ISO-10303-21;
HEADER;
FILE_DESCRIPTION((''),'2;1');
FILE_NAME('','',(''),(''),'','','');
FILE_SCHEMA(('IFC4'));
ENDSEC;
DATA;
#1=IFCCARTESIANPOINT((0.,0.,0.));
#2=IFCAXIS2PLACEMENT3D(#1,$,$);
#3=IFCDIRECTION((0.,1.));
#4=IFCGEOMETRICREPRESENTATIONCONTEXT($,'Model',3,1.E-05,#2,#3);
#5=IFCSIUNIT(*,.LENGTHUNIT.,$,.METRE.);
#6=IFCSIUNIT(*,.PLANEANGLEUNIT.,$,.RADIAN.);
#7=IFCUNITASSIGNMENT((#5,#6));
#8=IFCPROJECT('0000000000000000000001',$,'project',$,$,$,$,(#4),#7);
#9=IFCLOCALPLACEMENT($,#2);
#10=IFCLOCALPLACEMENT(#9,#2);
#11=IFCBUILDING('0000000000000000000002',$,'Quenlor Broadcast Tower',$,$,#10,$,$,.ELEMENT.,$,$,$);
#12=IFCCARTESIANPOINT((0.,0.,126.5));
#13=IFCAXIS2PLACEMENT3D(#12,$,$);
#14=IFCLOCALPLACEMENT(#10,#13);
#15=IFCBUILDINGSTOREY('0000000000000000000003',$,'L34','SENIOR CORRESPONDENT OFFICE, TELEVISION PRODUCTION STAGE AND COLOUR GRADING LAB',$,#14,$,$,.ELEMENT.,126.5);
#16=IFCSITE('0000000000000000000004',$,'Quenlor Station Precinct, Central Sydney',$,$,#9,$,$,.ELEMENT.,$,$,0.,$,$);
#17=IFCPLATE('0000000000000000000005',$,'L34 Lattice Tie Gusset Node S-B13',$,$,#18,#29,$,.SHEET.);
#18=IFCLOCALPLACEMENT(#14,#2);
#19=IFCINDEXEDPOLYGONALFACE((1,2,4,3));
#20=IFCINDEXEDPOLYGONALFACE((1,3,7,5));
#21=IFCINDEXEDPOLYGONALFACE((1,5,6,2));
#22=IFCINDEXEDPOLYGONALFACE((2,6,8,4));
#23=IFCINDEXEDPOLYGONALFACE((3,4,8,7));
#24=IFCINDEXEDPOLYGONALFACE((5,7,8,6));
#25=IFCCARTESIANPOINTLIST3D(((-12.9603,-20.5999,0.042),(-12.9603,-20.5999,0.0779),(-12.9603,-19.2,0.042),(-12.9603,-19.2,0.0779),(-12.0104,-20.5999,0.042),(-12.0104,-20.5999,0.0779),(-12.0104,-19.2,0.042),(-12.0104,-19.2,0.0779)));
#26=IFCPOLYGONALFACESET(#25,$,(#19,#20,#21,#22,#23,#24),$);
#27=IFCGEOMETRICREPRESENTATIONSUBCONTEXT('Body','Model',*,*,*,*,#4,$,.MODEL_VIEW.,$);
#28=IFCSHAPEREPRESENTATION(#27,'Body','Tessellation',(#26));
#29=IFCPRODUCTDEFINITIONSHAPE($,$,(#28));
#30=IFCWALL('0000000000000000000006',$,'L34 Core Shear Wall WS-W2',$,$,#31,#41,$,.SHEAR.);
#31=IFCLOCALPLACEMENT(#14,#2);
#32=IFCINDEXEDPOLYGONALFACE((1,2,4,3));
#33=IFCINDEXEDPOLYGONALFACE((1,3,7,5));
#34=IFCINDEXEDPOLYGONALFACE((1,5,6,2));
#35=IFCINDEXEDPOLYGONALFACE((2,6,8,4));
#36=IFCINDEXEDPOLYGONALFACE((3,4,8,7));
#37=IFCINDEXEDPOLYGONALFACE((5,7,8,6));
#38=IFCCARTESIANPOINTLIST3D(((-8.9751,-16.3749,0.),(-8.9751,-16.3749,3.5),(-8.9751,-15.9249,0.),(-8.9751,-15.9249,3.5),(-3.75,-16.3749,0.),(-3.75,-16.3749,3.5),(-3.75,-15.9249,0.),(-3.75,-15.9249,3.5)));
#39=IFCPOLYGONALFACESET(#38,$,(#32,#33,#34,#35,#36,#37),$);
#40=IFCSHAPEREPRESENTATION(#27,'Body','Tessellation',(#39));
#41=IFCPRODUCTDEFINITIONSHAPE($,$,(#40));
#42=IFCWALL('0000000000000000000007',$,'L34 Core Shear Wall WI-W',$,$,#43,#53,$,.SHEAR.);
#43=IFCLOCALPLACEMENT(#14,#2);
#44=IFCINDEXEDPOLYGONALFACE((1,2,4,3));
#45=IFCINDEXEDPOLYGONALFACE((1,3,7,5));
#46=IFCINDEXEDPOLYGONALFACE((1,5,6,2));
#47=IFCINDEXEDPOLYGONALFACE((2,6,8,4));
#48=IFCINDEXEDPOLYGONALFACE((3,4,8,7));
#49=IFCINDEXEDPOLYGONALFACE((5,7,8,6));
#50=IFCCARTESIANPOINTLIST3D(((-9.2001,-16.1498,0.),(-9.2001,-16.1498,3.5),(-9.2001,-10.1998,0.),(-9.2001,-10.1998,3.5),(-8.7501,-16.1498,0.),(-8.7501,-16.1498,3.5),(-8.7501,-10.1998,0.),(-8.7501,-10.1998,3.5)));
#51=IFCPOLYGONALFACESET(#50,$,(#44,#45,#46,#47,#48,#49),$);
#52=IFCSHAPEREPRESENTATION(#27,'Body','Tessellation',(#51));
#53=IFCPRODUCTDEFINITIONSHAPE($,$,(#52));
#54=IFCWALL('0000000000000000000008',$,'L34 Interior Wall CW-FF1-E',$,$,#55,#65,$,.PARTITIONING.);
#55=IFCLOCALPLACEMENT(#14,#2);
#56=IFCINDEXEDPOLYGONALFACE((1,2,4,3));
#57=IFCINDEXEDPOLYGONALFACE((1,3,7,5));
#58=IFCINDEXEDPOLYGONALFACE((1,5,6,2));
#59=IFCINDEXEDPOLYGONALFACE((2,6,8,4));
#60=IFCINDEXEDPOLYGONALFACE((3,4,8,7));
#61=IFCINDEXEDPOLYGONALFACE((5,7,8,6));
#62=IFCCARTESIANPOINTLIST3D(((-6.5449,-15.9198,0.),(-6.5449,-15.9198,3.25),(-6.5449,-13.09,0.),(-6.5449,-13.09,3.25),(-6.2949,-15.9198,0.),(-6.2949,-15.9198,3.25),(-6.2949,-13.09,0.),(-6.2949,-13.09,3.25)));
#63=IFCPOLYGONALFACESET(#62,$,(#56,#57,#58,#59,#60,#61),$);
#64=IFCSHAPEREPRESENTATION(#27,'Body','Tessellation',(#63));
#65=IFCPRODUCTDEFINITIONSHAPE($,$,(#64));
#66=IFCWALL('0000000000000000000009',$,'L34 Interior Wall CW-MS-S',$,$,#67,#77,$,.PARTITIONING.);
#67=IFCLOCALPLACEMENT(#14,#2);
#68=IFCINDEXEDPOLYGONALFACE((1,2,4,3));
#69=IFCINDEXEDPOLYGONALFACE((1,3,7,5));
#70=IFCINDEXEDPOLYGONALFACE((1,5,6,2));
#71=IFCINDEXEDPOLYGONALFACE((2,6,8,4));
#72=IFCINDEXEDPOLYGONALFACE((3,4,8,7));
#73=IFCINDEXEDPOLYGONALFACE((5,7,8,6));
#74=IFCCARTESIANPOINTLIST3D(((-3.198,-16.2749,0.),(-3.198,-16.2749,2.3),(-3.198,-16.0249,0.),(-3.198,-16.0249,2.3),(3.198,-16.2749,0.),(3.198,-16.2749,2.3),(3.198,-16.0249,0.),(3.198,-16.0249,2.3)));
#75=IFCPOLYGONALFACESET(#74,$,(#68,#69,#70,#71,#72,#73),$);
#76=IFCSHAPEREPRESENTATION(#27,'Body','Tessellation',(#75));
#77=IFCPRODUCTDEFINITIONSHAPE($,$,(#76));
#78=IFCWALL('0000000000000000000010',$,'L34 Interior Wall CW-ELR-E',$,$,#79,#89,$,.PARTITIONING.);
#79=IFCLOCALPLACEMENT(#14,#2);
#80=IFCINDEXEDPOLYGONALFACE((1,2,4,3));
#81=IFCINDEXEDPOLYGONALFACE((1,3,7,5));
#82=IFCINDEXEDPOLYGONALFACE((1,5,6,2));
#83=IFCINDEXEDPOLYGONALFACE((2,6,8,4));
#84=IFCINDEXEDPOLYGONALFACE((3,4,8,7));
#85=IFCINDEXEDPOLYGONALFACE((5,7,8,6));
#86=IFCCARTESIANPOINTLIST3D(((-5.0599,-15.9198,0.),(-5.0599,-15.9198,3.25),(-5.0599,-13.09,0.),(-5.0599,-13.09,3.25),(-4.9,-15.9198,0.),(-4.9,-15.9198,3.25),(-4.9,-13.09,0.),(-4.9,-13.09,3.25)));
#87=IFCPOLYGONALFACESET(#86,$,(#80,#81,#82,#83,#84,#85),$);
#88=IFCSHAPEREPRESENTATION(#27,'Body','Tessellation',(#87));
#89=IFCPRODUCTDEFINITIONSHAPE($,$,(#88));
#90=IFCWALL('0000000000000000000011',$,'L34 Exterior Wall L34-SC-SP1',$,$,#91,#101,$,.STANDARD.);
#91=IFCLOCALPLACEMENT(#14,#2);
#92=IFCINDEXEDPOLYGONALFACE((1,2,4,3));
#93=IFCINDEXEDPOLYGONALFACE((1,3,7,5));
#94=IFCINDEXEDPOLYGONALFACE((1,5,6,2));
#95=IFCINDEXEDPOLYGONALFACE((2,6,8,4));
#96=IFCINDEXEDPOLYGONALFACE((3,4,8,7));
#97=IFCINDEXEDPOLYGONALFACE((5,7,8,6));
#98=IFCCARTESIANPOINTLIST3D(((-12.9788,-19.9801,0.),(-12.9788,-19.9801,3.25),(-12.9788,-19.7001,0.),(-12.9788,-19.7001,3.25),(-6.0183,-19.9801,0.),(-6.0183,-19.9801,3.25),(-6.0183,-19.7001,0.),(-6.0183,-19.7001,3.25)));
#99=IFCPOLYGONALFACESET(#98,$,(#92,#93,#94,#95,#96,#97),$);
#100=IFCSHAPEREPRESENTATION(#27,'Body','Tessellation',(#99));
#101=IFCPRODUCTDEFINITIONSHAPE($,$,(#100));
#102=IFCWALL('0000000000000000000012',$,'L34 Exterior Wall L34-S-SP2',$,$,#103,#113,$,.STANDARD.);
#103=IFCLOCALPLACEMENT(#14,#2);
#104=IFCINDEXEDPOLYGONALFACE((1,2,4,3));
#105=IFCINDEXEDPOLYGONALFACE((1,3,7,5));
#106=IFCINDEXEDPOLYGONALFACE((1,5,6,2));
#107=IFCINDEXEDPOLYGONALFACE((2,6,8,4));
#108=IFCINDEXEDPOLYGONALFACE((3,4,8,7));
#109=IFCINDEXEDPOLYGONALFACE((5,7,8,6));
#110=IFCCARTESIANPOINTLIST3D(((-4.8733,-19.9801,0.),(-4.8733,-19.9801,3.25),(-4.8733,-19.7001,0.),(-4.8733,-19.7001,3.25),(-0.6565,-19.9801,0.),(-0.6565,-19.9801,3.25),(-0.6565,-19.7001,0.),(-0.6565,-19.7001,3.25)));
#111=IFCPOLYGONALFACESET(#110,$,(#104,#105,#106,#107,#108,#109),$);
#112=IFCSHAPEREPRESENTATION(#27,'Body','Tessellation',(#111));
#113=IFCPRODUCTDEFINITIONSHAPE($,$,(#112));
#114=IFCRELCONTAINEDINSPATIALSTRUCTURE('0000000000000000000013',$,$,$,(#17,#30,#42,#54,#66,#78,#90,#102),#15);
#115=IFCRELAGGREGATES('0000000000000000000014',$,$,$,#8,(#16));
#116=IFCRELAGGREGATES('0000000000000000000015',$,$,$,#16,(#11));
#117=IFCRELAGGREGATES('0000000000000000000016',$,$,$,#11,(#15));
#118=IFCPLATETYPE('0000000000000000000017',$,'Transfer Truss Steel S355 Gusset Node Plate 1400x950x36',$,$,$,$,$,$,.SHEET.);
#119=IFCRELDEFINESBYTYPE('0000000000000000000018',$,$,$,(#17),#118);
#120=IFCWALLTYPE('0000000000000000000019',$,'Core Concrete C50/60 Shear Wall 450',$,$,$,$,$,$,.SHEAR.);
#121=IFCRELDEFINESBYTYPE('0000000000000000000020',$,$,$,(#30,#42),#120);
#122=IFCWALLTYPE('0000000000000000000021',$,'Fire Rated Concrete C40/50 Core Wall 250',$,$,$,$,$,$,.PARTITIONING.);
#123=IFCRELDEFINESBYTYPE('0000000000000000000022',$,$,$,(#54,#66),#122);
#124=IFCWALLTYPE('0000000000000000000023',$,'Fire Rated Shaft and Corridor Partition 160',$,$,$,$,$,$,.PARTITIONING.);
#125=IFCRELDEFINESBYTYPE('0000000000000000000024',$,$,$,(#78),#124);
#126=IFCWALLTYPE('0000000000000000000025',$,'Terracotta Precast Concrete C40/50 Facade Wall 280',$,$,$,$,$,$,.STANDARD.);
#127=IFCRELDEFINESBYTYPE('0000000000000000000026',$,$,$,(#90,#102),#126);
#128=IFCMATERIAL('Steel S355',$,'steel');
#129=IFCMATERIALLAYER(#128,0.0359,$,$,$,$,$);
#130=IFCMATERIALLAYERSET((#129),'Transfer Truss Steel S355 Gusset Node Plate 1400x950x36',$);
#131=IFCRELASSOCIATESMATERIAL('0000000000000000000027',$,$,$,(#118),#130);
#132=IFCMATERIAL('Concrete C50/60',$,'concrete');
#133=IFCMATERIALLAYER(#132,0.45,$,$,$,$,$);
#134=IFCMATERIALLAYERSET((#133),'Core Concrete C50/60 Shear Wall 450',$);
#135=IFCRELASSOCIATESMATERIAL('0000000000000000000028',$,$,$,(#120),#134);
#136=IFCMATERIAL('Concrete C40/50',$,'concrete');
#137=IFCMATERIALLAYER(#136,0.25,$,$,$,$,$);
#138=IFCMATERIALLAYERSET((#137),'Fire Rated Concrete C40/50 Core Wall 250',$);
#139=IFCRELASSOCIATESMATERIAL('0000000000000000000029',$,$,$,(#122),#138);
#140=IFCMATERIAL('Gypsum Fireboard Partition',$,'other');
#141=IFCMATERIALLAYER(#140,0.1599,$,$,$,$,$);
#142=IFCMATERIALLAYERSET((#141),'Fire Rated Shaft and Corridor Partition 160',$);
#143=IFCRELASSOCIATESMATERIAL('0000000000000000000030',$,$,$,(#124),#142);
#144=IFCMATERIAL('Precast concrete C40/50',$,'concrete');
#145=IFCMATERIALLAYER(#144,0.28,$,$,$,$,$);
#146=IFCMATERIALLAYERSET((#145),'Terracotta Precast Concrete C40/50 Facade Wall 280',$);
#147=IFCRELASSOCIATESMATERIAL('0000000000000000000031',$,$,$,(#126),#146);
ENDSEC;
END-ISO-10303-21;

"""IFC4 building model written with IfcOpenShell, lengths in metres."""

from ifc_helpers import new_model, si_unit, direction, frame, frame_2d, origin, origin_2d, place, context, subcontext, project, spatial, rectangle, extrude, material, layer, layer_set, type_object, element, save


model = new_model("IFC4")

# Units and contexts
model_context = context("Model", 3, precision=1e-05, world=origin(), true_north=direction((0.0, 1.0)))
body_context = subcontext(model_context, "Body", "Model", "MODEL_VIEW")
ifc_project = project(units=[si_unit("LENGTHUNIT", "METRE"), si_unit("PLANEANGLEUNIT", "RADIAN")], contexts=[model_context])

# Site, building, storey
site_placement = place(None, origin())
site = spatial("IfcSite", under=ifc_project, at=site_placement, Name="Quenlor Station Precinct, Central Sydney", CompositionType="ELEMENT", RefElevation=0.0)
building_placement = place(site_placement, origin())
building = spatial("IfcBuilding", under=site, at=building_placement, Name="Quenlor Broadcast Tower", CompositionType="ELEMENT")
storey_placement = place(building_placement, frame((0.0, 0.0, 126.5)))
storey = spatial("IfcBuildingStorey", under=building, at=storey_placement, Name="L34", Description="SENIOR CORRESPONDENT OFFICE, TELEVISION PRODUCTION STAGE AND COLOUR GRADING LAB", CompositionType="ELEMENT", Elevation=126.5)

# Plate
ifc_material_1 = material(Name="Steel S355", Category="steel")
ifc_layer_1 = layer(ifc_material_1, 0.0359)
ifc_layer_set_1 = layer_set([ifc_layer_1], Name="Transfer Truss Steel S355 Gusset Node Plate 1400x950x36")
plate_type_1 = type_object("IfcPlateType", Name="Transfer Truss Steel S355 Gusset Node Plate 1400x950x36", PredefinedType="SHEET", material=ifc_layer_set_1)
for number, where, z_axis, x_axis, name in (
    (1, (-12.4854, -19.8999, 0.042), (0.0, 0.0, 1.0), (0.0, -1.0, 0.0), "L34 Lattice Tie Gusset Node S-B13"),
):
    element("IfcPlate", number, at=place(storey_placement, frame(where, z_axis=z_axis, x_axis=x_axis)), inside=storey, type_object=plate_type_1, Name=name, PredefinedType="SHEET", context=body_context, shape_type="SweptSolid", body=[
        extrude(rectangle(XDim=1.3999, YDim=0.95, at=origin_2d()), origin(), (0.0, 0.0, 1.0), 0.0359),
    ])

# Walls
ifc_material_2 = material(Name="Concrete C50/60", Category="concrete")
ifc_layer_2 = layer(ifc_material_2, 0.45)
ifc_layer_set_2 = layer_set([ifc_layer_2], Name="Core Concrete C50/60 Shear Wall 450")
wall_type_1 = type_object("IfcWallType", Name="Core Concrete C50/60 Shear Wall 450", PredefinedType="SHEAR", material=ifc_layer_set_2)
wall_1_placement = place(storey_placement, frame((-8.9751, -16.1499, 0.0), z_axis=(0.0, 0.0, 1.0), x_axis=(1.0, 0.0, 0.0)))
element("IfcWall", 2, at=wall_1_placement, inside=storey, type_object=wall_type_1, Name="L34 Core Shear Wall WS-W2", PredefinedType="SHEAR", context=body_context, shape_type="SweptSolid", body=[
    extrude(rectangle(XDim=5.2251, YDim=0.45, at=frame_2d((2.6125, 0.0))), origin(), (0.0, 0.0, 1.0), 3.5),
])
wall_2_placement = place(storey_placement, frame((-8.9751, -16.1499, 0.0), z_axis=(0.0, 0.0, 1.0), x_axis=(0.0, 1.0, 0.0)))
element("IfcWall", 3, at=wall_2_placement, inside=storey, type_object=wall_type_1, Name="L34 Core Shear Wall WI-W", PredefinedType="SHEAR", context=body_context, shape_type="SweptSolid", body=[
    extrude(rectangle(XDim=5.95, YDim=0.45, at=frame_2d((2.9751, 0.0))), origin(), (0.0, 0.0, 1.0), 3.5),
])
ifc_material_3 = material(Name="Concrete C40/50", Category="concrete")
ifc_layer_3 = layer(ifc_material_3, 0.25)
ifc_layer_set_3 = layer_set([ifc_layer_3], Name="Fire Rated Concrete C40/50 Core Wall 250")
wall_type_2 = type_object("IfcWallType", Name="Fire Rated Concrete C40/50 Core Wall 250", PredefinedType="PARTITIONING", material=ifc_layer_set_3)
wall_3_placement = place(storey_placement, frame((-6.4199, -15.9199, 0.0), z_axis=(0.0, 0.0, 1.0), x_axis=(0.0, 1.0, 0.0)))
element("IfcWall", 4, at=wall_3_placement, inside=storey, type_object=wall_type_2, Name="L34 Interior Wall CW-FF1-E", PredefinedType="PARTITIONING", context=body_context, shape_type="SweptSolid", body=[
    extrude(rectangle(XDim=2.8298, YDim=0.25, at=frame_2d((1.415, 0.0))), origin(), (0.0, 0.0, 1.0), 3.25),
])
wall_4_placement = place(storey_placement, frame((-3.198, -16.1499, 0.0), z_axis=(0.0, 0.0, 1.0), x_axis=(1.0, 0.0, 0.0)))
element("IfcWall", 5, at=wall_4_placement, inside=storey, type_object=wall_type_2, Name="L34 Interior Wall CW-MS-S", PredefinedType="PARTITIONING", context=body_context, shape_type="SweptSolid", body=[
    extrude(rectangle(XDim=6.396, YDim=0.25, at=frame_2d((3.198, 0.0))), origin(), (0.0, 0.0, 1.0), 2.3),
])
ifc_material_4 = material(Name="Gypsum Fireboard Partition", Category="other")
ifc_layer_4 = layer(ifc_material_4, 0.1599)
ifc_layer_set_4 = layer_set([ifc_layer_4], Name="Fire Rated Shaft and Corridor Partition 160")
wall_type_3 = type_object("IfcWallType", Name="Fire Rated Shaft and Corridor Partition 160", PredefinedType="PARTITIONING", material=ifc_layer_set_4)
wall_5_placement = place(storey_placement, frame((-4.98, -15.9199, 0.0), z_axis=(0.0, 0.0, 1.0), x_axis=(0.0, 1.0, 0.0)))
element("IfcWall", 6, at=wall_5_placement, inside=storey, type_object=wall_type_3, Name="L34 Interior Wall CW-ELR-E", PredefinedType="PARTITIONING", context=body_context, shape_type="SweptSolid", body=[
    extrude(rectangle(XDim=2.8298, YDim=0.1599, at=frame_2d((1.415, 0.0))), origin(), (0.0, 0.0, 1.0), 3.25),
])

# Walls
ifc_material_5 = material(Name="Precast concrete C40/50", Category="concrete")
ifc_layer_5 = layer(ifc_material_5, 0.28)
ifc_layer_set_5 = layer_set([ifc_layer_5], Name="Terracotta Precast Concrete C40/50 Facade Wall 280")
wall_type_4 = type_object("IfcWallType", Name="Terracotta Precast Concrete C40/50 Facade Wall 280", PredefinedType="STANDARD", material=ifc_layer_set_5)
wall_6_placement = place(storey_placement, frame((-6.0183, -19.8401, 0.0), z_axis=(0.0, 0.0, 1.0), x_axis=(-1.0, 0.0, 0.0)))
element("IfcWall", 7, at=wall_6_placement, inside=storey, type_object=wall_type_4, Name="L34 Exterior Wall L34-SC-SP1", PredefinedType="STANDARD", context=body_context, shape_type="SweptSolid", body=[
    extrude(rectangle(XDim=6.9604, YDim=0.28, at=frame_2d((3.4802, 0.0))), origin(), (0.0, 0.0, 1.0), 3.25),
])
wall_7_placement = place(storey_placement, frame((-0.6565, -19.8401, 0.0), z_axis=(0.0, 0.0, 1.0), x_axis=(-1.0, 0.0, 0.0)))
element("IfcWall", 8, at=wall_7_placement, inside=storey, type_object=wall_type_4, Name="L34 Exterior Wall L34-S-SP2", PredefinedType="STANDARD", context=body_context, shape_type="SweptSolid", body=[
    extrude(rectangle(XDim=4.2168, YDim=0.28, at=frame_2d((2.1084, 0.0))), origin(), (0.0, 0.0, 1.0), 3.25),
])

save(model, "model.ifc")
